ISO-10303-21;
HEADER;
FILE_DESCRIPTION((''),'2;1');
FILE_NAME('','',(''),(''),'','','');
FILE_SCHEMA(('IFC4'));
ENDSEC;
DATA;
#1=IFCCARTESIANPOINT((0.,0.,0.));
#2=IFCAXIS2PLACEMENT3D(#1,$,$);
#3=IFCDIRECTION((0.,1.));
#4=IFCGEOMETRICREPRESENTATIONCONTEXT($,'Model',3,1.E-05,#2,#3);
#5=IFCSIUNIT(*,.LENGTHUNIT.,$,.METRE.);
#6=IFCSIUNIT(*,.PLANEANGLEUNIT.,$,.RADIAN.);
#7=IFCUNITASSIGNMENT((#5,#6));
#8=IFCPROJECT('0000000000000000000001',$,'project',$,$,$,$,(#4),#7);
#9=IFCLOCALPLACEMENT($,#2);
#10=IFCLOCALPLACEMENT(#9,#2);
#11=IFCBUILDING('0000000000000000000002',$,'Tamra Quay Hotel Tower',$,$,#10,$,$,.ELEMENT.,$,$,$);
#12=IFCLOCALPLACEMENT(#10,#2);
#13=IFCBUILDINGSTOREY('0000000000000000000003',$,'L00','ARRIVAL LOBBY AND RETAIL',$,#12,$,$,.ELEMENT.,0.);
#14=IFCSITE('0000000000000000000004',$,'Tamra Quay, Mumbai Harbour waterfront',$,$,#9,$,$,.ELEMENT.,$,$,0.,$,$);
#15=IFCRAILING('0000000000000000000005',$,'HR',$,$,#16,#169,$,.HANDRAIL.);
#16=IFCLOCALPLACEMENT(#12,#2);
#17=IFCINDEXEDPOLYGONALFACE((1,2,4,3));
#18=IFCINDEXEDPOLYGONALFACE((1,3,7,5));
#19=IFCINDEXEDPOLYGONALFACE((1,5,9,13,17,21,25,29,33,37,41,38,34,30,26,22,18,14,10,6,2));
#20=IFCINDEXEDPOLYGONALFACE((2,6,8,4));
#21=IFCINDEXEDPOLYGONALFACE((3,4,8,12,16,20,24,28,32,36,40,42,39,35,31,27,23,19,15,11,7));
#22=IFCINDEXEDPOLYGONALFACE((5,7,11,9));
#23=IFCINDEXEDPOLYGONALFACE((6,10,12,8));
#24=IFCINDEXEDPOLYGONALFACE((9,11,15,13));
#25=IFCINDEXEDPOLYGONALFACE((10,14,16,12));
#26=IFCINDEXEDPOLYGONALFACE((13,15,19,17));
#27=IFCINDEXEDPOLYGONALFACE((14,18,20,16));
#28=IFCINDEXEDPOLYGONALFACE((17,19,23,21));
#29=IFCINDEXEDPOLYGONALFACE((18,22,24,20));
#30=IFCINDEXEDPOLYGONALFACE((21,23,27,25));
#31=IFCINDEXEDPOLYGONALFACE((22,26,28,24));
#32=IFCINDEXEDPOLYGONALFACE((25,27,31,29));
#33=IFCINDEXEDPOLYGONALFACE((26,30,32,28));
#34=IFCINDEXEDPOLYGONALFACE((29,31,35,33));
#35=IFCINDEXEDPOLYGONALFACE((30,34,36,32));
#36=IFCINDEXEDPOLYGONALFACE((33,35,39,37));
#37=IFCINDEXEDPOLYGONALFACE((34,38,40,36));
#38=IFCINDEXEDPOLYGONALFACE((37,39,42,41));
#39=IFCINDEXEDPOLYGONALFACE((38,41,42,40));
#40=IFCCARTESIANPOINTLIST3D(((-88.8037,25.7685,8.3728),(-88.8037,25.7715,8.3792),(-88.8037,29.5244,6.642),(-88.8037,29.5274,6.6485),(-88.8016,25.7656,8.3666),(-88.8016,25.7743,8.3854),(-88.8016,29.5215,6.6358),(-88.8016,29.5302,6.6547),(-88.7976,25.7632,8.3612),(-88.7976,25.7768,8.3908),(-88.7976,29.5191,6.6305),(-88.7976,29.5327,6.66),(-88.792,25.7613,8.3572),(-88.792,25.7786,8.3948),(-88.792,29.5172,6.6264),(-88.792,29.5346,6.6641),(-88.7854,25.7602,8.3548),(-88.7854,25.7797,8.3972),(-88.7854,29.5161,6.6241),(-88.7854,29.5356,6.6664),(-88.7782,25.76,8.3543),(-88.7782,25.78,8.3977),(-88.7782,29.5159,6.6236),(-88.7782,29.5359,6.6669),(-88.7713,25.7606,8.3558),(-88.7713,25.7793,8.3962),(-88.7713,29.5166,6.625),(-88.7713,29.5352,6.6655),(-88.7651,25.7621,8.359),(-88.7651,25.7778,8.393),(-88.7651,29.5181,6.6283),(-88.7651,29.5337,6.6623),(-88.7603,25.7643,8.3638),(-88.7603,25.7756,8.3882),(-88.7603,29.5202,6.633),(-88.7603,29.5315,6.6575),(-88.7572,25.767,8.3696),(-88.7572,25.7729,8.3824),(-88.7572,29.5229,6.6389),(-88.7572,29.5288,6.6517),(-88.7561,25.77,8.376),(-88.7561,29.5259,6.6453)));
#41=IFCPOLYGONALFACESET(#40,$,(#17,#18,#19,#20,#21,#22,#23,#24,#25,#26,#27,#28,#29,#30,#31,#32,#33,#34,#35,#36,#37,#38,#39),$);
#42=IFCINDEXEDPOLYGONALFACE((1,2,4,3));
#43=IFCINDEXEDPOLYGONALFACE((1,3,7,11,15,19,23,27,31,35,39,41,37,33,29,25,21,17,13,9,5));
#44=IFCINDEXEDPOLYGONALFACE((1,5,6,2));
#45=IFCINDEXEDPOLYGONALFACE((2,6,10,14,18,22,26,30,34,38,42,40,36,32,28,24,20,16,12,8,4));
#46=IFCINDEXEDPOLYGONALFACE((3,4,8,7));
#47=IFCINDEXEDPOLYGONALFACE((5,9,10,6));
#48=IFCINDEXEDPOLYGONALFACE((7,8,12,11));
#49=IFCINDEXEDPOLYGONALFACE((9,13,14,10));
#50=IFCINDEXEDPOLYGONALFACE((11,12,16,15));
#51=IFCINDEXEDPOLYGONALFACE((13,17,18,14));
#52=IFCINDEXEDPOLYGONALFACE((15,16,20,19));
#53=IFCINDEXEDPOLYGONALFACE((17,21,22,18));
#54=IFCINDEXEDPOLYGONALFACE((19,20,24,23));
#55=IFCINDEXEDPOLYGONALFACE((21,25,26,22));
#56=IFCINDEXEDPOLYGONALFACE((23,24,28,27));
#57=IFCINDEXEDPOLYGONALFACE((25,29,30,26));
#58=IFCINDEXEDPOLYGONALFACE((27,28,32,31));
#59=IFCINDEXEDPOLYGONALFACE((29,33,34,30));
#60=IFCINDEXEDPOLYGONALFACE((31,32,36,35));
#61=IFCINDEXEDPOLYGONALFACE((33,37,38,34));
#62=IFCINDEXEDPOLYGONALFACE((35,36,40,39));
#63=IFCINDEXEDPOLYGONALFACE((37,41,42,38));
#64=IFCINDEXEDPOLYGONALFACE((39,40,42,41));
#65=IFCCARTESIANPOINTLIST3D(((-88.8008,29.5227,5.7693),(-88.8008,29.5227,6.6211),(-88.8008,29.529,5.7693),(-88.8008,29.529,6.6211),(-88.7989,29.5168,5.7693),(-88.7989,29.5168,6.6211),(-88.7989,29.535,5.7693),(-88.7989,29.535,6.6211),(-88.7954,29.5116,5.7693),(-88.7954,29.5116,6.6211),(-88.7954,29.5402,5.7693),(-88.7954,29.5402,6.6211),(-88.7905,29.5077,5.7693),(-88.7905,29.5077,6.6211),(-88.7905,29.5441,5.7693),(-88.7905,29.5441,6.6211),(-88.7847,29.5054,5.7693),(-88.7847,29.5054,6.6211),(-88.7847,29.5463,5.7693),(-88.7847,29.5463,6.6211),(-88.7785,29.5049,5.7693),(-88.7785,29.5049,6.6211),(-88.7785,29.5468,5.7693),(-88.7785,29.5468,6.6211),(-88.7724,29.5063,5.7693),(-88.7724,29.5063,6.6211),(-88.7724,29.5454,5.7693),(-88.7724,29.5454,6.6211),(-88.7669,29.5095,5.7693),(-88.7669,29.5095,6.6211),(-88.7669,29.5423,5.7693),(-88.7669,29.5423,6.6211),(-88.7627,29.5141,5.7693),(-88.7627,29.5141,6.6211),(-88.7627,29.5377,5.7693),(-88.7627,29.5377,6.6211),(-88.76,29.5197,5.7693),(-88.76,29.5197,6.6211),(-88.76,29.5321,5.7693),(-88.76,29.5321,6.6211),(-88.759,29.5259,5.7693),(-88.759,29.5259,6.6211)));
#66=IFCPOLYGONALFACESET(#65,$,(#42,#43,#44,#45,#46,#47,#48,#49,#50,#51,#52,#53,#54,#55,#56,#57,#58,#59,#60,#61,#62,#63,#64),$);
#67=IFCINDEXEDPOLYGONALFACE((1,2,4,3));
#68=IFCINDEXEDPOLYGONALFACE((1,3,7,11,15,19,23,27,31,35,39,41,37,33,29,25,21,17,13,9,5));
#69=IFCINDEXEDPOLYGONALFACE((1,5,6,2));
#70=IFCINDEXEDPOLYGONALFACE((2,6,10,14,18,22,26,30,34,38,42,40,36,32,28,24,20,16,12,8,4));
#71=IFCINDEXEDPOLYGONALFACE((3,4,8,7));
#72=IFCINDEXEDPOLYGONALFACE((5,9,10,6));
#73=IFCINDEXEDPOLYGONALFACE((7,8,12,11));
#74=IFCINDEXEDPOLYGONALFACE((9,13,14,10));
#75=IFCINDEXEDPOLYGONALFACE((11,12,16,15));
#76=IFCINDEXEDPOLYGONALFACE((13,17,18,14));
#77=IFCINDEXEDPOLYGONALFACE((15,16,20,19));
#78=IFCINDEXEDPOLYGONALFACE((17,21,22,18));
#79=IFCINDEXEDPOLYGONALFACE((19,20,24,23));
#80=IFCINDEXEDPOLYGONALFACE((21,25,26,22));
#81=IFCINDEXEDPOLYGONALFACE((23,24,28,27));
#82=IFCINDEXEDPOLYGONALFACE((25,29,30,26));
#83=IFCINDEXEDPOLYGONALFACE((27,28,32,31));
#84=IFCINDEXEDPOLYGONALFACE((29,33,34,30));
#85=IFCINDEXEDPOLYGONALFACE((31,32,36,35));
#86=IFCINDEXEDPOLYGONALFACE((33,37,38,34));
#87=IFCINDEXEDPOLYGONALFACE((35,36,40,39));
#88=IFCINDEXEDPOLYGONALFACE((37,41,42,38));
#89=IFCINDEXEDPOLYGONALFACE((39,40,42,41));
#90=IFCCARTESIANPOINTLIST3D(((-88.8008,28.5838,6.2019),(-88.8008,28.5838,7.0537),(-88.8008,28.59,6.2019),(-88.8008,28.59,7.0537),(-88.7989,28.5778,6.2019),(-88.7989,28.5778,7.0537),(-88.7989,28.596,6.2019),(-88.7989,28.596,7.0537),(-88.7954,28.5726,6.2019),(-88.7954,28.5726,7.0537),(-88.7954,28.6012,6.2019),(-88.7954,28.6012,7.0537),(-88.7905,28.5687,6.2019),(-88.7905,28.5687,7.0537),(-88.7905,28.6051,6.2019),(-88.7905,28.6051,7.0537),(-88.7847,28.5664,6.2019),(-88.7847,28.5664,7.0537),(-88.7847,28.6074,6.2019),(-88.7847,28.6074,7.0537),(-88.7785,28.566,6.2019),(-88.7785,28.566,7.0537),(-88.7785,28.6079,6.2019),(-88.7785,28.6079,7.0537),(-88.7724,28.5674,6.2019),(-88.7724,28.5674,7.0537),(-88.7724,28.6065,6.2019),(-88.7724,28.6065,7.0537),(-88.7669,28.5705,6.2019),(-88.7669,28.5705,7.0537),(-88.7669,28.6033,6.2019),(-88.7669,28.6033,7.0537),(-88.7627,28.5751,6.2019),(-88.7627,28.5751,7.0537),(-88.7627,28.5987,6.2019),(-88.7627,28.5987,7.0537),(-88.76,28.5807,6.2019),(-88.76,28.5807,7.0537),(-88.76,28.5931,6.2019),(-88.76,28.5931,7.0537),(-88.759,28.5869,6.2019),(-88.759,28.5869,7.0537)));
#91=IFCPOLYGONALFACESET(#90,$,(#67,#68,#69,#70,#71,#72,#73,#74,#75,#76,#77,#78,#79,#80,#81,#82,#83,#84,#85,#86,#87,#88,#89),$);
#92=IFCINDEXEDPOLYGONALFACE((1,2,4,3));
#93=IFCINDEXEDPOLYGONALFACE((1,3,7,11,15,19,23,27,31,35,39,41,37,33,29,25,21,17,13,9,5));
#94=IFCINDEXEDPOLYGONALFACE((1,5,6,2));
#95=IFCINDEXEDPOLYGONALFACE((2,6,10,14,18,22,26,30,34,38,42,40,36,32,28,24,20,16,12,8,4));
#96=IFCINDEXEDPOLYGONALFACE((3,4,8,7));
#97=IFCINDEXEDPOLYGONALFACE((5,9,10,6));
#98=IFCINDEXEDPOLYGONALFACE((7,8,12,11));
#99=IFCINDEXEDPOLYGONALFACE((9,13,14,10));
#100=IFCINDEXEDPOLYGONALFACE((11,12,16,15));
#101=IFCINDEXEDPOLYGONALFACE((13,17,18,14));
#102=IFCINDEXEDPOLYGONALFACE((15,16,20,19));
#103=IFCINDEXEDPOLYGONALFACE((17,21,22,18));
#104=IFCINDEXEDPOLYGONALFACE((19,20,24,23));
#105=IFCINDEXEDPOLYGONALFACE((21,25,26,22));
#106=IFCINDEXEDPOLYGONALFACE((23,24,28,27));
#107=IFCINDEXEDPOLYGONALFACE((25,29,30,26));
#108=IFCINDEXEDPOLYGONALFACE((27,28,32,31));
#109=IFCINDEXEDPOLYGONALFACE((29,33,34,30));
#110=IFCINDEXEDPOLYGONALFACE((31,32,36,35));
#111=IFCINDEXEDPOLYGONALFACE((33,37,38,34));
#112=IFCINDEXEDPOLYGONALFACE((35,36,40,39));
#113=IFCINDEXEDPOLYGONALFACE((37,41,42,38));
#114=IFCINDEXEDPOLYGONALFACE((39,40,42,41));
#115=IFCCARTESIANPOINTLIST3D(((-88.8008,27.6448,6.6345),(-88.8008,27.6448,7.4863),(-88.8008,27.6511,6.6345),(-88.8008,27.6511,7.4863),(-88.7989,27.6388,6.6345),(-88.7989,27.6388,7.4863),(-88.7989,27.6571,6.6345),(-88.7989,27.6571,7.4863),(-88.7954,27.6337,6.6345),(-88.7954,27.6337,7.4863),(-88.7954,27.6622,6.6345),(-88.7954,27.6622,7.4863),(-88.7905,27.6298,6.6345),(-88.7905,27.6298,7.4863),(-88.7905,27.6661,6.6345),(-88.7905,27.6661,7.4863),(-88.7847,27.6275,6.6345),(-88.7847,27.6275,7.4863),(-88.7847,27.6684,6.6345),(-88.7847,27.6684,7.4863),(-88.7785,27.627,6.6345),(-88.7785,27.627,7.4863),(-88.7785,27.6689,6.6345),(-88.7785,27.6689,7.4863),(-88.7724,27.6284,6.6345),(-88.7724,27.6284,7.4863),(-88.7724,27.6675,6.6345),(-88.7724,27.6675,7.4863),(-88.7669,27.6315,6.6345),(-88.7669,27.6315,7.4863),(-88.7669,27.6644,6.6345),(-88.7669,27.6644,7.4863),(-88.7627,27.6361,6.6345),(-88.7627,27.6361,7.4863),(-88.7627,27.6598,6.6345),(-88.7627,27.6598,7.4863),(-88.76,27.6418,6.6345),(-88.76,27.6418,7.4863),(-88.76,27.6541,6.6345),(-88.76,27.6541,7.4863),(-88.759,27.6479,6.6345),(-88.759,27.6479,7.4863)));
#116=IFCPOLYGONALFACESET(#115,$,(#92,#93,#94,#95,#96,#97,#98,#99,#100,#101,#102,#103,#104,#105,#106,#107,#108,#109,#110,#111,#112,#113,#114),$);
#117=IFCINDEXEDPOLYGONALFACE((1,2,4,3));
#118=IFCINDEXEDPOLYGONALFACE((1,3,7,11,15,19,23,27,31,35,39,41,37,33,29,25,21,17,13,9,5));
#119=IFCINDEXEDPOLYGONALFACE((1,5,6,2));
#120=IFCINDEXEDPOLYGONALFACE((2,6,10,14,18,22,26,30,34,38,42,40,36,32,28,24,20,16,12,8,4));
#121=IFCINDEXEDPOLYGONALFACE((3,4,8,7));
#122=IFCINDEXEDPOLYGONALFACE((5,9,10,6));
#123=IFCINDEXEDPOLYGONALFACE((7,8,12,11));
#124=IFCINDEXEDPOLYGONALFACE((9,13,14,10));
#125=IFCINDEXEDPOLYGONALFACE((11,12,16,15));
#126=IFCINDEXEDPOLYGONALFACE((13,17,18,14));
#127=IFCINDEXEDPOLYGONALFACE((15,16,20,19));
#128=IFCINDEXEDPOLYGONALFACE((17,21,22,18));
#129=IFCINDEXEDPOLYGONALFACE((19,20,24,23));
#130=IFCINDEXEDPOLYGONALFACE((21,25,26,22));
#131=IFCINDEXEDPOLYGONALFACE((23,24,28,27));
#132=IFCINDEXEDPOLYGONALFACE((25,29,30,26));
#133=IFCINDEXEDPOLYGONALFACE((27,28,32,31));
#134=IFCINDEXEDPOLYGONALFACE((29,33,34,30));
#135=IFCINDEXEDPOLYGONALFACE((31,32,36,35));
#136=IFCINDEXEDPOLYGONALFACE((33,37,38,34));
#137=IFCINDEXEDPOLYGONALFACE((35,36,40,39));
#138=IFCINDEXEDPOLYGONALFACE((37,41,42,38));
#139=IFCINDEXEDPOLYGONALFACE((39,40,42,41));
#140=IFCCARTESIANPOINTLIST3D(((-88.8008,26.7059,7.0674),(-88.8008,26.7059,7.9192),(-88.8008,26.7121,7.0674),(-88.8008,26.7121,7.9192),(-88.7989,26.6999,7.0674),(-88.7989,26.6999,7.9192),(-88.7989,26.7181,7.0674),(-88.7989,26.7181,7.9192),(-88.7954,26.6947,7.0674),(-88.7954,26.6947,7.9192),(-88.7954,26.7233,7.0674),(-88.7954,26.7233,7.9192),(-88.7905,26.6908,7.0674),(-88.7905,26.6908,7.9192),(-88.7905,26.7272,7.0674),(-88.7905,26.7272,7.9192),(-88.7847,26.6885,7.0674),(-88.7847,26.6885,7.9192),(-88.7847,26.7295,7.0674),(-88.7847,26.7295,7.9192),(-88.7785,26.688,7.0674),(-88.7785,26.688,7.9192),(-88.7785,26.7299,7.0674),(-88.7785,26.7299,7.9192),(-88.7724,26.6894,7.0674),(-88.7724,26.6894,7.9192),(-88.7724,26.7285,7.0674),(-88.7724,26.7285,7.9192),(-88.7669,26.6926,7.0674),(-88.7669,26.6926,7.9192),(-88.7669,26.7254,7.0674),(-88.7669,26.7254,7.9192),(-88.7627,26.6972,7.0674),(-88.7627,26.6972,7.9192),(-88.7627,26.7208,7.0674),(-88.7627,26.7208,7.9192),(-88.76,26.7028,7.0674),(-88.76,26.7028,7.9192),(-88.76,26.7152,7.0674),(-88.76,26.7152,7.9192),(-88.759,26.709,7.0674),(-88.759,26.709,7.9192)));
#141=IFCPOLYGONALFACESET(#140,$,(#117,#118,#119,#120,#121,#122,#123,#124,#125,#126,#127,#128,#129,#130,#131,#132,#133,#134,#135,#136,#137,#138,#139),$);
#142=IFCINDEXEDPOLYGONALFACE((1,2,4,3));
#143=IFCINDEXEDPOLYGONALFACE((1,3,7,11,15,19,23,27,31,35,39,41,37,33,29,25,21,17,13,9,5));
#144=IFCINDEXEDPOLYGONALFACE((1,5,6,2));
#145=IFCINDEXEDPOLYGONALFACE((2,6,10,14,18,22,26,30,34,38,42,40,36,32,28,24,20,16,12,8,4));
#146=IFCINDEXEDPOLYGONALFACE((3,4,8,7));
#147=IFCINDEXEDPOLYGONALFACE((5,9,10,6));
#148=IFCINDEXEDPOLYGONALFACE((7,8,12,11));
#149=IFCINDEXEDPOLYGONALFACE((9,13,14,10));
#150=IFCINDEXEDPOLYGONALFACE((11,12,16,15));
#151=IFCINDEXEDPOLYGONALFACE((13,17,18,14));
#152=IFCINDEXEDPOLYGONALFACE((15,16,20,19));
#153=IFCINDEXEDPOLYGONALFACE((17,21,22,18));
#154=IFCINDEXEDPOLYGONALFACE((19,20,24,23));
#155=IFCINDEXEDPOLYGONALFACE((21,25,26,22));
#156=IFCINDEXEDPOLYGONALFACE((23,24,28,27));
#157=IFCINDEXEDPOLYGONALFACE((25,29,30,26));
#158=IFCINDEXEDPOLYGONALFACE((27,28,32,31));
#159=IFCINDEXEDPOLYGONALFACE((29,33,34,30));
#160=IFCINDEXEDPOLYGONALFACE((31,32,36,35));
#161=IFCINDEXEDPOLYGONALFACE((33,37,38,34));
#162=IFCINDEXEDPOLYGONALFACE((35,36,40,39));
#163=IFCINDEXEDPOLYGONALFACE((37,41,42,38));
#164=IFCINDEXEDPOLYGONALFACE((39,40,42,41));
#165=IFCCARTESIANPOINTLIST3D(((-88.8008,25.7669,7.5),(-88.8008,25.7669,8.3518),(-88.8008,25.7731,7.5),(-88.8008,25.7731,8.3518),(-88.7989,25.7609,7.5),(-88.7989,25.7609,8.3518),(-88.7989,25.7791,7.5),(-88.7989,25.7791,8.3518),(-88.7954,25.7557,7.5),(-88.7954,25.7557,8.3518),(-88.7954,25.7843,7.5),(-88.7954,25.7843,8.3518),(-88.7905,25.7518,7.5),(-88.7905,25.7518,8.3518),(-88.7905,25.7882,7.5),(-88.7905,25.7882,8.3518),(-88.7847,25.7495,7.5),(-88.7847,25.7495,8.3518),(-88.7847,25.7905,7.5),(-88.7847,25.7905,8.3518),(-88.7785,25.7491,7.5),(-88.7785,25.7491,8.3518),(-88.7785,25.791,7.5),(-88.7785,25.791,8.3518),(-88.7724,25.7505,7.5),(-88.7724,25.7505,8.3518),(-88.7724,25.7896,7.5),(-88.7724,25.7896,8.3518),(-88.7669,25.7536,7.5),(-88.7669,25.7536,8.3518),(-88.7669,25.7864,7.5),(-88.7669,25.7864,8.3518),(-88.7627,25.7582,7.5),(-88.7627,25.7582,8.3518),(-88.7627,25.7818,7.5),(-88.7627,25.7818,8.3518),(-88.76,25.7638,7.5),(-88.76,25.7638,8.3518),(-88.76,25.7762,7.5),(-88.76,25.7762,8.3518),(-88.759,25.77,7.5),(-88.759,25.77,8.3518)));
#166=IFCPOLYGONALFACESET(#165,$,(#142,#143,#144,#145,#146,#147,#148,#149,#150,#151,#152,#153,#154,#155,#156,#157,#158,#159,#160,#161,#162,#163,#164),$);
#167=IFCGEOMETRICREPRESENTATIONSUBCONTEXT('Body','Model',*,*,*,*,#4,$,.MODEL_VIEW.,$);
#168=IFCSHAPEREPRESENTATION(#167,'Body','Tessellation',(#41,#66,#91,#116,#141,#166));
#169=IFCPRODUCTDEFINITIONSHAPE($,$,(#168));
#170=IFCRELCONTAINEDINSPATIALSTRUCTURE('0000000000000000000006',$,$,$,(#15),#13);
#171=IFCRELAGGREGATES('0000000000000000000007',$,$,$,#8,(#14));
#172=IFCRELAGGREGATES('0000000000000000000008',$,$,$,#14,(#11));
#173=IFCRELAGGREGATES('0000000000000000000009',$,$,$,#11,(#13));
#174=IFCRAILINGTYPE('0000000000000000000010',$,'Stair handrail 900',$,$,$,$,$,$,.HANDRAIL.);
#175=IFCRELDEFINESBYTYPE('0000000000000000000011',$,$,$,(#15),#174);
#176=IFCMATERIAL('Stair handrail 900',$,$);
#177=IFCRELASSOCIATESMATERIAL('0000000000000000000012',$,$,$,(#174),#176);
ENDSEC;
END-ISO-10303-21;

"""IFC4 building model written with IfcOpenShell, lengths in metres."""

from ifc_helpers import new_model, si_unit, direction, frame, origin, origin_2d, place, context, subcontext, project, spatial, circle, extrude, material, type_object, element, save


model = new_model("IFC4")

# Units and contexts
model_context = context("Model", 3, precision=1e-05, world=origin(), true_north=direction((0.0, 1.0)))
body_context = subcontext(model_context, "Body", "Model", "MODEL_VIEW")
ifc_project = project(units=[si_unit("LENGTHUNIT", "METRE"), si_unit("PLANEANGLEUNIT", "RADIAN")], contexts=[model_context])

# Site, building, storey
site_placement = place(None, origin())
site = spatial("IfcSite", under=ifc_project, at=site_placement, Name="Tamra Quay, Mumbai Harbour waterfront", CompositionType="ELEMENT", RefElevation=0.0)
building_placement = place(site_placement, origin())
building = spatial("IfcBuilding", under=site, at=building_placement, Name="Tamra Quay Hotel Tower", CompositionType="ELEMENT")
storey_placement = place(building_placement, origin())
storey = spatial("IfcBuildingStorey", under=building, at=storey_placement, Name="L00", Description="ARRIVAL LOBBY AND RETAIL", CompositionType="ELEMENT", Elevation=0.0)

# Railing
ifc_material_1 = material(Name="Stair handrail 900")
railing_type_1 = type_object("IfcRailingType", Name="Stair handrail 900", PredefinedType="HANDRAIL", material=ifc_material_1)
railing_1_placement = place(storey_placement, frame((-88.78, 29.5259, 5.7693)))
element("IfcRailing", 1, at=railing_1_placement, inside=storey, type_object=railing_type_1, Name="HR", PredefinedType="HANDRAIL", context=body_context, shape_type="SweptSolid", body=[
    extrude(circle(Radius=0.0239, at=origin_2d()), frame((0.0, 0.0, 0.876), z_axis=(0.0, -0.908213, 0.418508), x_axis=(1.0, 0.0, 0.0)), (0.0, 0.0, 1.0), 4.1355),
    extrude(circle(Radius=0.021, at=origin_2d()), origin(), (0.0, 0.0, 1.0), 0.8518),
    extrude(circle(Radius=0.021, at=origin_2d()), frame((0.0, -0.939, 0.4326)), (0.0, 0.0, 1.0), 0.8518),
    extrude(circle(Radius=0.021, at=origin_2d()), frame((0.0, -1.8779, 0.8652)), (0.0, 0.0, 1.0), 0.8518),
    extrude(circle(Radius=0.021, at=origin_2d()), frame((0.0, -2.8169, 1.2981)), (0.0, 0.0, 1.0), 0.8518),
    extrude(circle(Radius=0.021, at=origin_2d()), frame((0.0, -3.7559, 1.7307)), (0.0, 0.0, 1.0), 0.8518),
])

save(model, "model.ifc")
